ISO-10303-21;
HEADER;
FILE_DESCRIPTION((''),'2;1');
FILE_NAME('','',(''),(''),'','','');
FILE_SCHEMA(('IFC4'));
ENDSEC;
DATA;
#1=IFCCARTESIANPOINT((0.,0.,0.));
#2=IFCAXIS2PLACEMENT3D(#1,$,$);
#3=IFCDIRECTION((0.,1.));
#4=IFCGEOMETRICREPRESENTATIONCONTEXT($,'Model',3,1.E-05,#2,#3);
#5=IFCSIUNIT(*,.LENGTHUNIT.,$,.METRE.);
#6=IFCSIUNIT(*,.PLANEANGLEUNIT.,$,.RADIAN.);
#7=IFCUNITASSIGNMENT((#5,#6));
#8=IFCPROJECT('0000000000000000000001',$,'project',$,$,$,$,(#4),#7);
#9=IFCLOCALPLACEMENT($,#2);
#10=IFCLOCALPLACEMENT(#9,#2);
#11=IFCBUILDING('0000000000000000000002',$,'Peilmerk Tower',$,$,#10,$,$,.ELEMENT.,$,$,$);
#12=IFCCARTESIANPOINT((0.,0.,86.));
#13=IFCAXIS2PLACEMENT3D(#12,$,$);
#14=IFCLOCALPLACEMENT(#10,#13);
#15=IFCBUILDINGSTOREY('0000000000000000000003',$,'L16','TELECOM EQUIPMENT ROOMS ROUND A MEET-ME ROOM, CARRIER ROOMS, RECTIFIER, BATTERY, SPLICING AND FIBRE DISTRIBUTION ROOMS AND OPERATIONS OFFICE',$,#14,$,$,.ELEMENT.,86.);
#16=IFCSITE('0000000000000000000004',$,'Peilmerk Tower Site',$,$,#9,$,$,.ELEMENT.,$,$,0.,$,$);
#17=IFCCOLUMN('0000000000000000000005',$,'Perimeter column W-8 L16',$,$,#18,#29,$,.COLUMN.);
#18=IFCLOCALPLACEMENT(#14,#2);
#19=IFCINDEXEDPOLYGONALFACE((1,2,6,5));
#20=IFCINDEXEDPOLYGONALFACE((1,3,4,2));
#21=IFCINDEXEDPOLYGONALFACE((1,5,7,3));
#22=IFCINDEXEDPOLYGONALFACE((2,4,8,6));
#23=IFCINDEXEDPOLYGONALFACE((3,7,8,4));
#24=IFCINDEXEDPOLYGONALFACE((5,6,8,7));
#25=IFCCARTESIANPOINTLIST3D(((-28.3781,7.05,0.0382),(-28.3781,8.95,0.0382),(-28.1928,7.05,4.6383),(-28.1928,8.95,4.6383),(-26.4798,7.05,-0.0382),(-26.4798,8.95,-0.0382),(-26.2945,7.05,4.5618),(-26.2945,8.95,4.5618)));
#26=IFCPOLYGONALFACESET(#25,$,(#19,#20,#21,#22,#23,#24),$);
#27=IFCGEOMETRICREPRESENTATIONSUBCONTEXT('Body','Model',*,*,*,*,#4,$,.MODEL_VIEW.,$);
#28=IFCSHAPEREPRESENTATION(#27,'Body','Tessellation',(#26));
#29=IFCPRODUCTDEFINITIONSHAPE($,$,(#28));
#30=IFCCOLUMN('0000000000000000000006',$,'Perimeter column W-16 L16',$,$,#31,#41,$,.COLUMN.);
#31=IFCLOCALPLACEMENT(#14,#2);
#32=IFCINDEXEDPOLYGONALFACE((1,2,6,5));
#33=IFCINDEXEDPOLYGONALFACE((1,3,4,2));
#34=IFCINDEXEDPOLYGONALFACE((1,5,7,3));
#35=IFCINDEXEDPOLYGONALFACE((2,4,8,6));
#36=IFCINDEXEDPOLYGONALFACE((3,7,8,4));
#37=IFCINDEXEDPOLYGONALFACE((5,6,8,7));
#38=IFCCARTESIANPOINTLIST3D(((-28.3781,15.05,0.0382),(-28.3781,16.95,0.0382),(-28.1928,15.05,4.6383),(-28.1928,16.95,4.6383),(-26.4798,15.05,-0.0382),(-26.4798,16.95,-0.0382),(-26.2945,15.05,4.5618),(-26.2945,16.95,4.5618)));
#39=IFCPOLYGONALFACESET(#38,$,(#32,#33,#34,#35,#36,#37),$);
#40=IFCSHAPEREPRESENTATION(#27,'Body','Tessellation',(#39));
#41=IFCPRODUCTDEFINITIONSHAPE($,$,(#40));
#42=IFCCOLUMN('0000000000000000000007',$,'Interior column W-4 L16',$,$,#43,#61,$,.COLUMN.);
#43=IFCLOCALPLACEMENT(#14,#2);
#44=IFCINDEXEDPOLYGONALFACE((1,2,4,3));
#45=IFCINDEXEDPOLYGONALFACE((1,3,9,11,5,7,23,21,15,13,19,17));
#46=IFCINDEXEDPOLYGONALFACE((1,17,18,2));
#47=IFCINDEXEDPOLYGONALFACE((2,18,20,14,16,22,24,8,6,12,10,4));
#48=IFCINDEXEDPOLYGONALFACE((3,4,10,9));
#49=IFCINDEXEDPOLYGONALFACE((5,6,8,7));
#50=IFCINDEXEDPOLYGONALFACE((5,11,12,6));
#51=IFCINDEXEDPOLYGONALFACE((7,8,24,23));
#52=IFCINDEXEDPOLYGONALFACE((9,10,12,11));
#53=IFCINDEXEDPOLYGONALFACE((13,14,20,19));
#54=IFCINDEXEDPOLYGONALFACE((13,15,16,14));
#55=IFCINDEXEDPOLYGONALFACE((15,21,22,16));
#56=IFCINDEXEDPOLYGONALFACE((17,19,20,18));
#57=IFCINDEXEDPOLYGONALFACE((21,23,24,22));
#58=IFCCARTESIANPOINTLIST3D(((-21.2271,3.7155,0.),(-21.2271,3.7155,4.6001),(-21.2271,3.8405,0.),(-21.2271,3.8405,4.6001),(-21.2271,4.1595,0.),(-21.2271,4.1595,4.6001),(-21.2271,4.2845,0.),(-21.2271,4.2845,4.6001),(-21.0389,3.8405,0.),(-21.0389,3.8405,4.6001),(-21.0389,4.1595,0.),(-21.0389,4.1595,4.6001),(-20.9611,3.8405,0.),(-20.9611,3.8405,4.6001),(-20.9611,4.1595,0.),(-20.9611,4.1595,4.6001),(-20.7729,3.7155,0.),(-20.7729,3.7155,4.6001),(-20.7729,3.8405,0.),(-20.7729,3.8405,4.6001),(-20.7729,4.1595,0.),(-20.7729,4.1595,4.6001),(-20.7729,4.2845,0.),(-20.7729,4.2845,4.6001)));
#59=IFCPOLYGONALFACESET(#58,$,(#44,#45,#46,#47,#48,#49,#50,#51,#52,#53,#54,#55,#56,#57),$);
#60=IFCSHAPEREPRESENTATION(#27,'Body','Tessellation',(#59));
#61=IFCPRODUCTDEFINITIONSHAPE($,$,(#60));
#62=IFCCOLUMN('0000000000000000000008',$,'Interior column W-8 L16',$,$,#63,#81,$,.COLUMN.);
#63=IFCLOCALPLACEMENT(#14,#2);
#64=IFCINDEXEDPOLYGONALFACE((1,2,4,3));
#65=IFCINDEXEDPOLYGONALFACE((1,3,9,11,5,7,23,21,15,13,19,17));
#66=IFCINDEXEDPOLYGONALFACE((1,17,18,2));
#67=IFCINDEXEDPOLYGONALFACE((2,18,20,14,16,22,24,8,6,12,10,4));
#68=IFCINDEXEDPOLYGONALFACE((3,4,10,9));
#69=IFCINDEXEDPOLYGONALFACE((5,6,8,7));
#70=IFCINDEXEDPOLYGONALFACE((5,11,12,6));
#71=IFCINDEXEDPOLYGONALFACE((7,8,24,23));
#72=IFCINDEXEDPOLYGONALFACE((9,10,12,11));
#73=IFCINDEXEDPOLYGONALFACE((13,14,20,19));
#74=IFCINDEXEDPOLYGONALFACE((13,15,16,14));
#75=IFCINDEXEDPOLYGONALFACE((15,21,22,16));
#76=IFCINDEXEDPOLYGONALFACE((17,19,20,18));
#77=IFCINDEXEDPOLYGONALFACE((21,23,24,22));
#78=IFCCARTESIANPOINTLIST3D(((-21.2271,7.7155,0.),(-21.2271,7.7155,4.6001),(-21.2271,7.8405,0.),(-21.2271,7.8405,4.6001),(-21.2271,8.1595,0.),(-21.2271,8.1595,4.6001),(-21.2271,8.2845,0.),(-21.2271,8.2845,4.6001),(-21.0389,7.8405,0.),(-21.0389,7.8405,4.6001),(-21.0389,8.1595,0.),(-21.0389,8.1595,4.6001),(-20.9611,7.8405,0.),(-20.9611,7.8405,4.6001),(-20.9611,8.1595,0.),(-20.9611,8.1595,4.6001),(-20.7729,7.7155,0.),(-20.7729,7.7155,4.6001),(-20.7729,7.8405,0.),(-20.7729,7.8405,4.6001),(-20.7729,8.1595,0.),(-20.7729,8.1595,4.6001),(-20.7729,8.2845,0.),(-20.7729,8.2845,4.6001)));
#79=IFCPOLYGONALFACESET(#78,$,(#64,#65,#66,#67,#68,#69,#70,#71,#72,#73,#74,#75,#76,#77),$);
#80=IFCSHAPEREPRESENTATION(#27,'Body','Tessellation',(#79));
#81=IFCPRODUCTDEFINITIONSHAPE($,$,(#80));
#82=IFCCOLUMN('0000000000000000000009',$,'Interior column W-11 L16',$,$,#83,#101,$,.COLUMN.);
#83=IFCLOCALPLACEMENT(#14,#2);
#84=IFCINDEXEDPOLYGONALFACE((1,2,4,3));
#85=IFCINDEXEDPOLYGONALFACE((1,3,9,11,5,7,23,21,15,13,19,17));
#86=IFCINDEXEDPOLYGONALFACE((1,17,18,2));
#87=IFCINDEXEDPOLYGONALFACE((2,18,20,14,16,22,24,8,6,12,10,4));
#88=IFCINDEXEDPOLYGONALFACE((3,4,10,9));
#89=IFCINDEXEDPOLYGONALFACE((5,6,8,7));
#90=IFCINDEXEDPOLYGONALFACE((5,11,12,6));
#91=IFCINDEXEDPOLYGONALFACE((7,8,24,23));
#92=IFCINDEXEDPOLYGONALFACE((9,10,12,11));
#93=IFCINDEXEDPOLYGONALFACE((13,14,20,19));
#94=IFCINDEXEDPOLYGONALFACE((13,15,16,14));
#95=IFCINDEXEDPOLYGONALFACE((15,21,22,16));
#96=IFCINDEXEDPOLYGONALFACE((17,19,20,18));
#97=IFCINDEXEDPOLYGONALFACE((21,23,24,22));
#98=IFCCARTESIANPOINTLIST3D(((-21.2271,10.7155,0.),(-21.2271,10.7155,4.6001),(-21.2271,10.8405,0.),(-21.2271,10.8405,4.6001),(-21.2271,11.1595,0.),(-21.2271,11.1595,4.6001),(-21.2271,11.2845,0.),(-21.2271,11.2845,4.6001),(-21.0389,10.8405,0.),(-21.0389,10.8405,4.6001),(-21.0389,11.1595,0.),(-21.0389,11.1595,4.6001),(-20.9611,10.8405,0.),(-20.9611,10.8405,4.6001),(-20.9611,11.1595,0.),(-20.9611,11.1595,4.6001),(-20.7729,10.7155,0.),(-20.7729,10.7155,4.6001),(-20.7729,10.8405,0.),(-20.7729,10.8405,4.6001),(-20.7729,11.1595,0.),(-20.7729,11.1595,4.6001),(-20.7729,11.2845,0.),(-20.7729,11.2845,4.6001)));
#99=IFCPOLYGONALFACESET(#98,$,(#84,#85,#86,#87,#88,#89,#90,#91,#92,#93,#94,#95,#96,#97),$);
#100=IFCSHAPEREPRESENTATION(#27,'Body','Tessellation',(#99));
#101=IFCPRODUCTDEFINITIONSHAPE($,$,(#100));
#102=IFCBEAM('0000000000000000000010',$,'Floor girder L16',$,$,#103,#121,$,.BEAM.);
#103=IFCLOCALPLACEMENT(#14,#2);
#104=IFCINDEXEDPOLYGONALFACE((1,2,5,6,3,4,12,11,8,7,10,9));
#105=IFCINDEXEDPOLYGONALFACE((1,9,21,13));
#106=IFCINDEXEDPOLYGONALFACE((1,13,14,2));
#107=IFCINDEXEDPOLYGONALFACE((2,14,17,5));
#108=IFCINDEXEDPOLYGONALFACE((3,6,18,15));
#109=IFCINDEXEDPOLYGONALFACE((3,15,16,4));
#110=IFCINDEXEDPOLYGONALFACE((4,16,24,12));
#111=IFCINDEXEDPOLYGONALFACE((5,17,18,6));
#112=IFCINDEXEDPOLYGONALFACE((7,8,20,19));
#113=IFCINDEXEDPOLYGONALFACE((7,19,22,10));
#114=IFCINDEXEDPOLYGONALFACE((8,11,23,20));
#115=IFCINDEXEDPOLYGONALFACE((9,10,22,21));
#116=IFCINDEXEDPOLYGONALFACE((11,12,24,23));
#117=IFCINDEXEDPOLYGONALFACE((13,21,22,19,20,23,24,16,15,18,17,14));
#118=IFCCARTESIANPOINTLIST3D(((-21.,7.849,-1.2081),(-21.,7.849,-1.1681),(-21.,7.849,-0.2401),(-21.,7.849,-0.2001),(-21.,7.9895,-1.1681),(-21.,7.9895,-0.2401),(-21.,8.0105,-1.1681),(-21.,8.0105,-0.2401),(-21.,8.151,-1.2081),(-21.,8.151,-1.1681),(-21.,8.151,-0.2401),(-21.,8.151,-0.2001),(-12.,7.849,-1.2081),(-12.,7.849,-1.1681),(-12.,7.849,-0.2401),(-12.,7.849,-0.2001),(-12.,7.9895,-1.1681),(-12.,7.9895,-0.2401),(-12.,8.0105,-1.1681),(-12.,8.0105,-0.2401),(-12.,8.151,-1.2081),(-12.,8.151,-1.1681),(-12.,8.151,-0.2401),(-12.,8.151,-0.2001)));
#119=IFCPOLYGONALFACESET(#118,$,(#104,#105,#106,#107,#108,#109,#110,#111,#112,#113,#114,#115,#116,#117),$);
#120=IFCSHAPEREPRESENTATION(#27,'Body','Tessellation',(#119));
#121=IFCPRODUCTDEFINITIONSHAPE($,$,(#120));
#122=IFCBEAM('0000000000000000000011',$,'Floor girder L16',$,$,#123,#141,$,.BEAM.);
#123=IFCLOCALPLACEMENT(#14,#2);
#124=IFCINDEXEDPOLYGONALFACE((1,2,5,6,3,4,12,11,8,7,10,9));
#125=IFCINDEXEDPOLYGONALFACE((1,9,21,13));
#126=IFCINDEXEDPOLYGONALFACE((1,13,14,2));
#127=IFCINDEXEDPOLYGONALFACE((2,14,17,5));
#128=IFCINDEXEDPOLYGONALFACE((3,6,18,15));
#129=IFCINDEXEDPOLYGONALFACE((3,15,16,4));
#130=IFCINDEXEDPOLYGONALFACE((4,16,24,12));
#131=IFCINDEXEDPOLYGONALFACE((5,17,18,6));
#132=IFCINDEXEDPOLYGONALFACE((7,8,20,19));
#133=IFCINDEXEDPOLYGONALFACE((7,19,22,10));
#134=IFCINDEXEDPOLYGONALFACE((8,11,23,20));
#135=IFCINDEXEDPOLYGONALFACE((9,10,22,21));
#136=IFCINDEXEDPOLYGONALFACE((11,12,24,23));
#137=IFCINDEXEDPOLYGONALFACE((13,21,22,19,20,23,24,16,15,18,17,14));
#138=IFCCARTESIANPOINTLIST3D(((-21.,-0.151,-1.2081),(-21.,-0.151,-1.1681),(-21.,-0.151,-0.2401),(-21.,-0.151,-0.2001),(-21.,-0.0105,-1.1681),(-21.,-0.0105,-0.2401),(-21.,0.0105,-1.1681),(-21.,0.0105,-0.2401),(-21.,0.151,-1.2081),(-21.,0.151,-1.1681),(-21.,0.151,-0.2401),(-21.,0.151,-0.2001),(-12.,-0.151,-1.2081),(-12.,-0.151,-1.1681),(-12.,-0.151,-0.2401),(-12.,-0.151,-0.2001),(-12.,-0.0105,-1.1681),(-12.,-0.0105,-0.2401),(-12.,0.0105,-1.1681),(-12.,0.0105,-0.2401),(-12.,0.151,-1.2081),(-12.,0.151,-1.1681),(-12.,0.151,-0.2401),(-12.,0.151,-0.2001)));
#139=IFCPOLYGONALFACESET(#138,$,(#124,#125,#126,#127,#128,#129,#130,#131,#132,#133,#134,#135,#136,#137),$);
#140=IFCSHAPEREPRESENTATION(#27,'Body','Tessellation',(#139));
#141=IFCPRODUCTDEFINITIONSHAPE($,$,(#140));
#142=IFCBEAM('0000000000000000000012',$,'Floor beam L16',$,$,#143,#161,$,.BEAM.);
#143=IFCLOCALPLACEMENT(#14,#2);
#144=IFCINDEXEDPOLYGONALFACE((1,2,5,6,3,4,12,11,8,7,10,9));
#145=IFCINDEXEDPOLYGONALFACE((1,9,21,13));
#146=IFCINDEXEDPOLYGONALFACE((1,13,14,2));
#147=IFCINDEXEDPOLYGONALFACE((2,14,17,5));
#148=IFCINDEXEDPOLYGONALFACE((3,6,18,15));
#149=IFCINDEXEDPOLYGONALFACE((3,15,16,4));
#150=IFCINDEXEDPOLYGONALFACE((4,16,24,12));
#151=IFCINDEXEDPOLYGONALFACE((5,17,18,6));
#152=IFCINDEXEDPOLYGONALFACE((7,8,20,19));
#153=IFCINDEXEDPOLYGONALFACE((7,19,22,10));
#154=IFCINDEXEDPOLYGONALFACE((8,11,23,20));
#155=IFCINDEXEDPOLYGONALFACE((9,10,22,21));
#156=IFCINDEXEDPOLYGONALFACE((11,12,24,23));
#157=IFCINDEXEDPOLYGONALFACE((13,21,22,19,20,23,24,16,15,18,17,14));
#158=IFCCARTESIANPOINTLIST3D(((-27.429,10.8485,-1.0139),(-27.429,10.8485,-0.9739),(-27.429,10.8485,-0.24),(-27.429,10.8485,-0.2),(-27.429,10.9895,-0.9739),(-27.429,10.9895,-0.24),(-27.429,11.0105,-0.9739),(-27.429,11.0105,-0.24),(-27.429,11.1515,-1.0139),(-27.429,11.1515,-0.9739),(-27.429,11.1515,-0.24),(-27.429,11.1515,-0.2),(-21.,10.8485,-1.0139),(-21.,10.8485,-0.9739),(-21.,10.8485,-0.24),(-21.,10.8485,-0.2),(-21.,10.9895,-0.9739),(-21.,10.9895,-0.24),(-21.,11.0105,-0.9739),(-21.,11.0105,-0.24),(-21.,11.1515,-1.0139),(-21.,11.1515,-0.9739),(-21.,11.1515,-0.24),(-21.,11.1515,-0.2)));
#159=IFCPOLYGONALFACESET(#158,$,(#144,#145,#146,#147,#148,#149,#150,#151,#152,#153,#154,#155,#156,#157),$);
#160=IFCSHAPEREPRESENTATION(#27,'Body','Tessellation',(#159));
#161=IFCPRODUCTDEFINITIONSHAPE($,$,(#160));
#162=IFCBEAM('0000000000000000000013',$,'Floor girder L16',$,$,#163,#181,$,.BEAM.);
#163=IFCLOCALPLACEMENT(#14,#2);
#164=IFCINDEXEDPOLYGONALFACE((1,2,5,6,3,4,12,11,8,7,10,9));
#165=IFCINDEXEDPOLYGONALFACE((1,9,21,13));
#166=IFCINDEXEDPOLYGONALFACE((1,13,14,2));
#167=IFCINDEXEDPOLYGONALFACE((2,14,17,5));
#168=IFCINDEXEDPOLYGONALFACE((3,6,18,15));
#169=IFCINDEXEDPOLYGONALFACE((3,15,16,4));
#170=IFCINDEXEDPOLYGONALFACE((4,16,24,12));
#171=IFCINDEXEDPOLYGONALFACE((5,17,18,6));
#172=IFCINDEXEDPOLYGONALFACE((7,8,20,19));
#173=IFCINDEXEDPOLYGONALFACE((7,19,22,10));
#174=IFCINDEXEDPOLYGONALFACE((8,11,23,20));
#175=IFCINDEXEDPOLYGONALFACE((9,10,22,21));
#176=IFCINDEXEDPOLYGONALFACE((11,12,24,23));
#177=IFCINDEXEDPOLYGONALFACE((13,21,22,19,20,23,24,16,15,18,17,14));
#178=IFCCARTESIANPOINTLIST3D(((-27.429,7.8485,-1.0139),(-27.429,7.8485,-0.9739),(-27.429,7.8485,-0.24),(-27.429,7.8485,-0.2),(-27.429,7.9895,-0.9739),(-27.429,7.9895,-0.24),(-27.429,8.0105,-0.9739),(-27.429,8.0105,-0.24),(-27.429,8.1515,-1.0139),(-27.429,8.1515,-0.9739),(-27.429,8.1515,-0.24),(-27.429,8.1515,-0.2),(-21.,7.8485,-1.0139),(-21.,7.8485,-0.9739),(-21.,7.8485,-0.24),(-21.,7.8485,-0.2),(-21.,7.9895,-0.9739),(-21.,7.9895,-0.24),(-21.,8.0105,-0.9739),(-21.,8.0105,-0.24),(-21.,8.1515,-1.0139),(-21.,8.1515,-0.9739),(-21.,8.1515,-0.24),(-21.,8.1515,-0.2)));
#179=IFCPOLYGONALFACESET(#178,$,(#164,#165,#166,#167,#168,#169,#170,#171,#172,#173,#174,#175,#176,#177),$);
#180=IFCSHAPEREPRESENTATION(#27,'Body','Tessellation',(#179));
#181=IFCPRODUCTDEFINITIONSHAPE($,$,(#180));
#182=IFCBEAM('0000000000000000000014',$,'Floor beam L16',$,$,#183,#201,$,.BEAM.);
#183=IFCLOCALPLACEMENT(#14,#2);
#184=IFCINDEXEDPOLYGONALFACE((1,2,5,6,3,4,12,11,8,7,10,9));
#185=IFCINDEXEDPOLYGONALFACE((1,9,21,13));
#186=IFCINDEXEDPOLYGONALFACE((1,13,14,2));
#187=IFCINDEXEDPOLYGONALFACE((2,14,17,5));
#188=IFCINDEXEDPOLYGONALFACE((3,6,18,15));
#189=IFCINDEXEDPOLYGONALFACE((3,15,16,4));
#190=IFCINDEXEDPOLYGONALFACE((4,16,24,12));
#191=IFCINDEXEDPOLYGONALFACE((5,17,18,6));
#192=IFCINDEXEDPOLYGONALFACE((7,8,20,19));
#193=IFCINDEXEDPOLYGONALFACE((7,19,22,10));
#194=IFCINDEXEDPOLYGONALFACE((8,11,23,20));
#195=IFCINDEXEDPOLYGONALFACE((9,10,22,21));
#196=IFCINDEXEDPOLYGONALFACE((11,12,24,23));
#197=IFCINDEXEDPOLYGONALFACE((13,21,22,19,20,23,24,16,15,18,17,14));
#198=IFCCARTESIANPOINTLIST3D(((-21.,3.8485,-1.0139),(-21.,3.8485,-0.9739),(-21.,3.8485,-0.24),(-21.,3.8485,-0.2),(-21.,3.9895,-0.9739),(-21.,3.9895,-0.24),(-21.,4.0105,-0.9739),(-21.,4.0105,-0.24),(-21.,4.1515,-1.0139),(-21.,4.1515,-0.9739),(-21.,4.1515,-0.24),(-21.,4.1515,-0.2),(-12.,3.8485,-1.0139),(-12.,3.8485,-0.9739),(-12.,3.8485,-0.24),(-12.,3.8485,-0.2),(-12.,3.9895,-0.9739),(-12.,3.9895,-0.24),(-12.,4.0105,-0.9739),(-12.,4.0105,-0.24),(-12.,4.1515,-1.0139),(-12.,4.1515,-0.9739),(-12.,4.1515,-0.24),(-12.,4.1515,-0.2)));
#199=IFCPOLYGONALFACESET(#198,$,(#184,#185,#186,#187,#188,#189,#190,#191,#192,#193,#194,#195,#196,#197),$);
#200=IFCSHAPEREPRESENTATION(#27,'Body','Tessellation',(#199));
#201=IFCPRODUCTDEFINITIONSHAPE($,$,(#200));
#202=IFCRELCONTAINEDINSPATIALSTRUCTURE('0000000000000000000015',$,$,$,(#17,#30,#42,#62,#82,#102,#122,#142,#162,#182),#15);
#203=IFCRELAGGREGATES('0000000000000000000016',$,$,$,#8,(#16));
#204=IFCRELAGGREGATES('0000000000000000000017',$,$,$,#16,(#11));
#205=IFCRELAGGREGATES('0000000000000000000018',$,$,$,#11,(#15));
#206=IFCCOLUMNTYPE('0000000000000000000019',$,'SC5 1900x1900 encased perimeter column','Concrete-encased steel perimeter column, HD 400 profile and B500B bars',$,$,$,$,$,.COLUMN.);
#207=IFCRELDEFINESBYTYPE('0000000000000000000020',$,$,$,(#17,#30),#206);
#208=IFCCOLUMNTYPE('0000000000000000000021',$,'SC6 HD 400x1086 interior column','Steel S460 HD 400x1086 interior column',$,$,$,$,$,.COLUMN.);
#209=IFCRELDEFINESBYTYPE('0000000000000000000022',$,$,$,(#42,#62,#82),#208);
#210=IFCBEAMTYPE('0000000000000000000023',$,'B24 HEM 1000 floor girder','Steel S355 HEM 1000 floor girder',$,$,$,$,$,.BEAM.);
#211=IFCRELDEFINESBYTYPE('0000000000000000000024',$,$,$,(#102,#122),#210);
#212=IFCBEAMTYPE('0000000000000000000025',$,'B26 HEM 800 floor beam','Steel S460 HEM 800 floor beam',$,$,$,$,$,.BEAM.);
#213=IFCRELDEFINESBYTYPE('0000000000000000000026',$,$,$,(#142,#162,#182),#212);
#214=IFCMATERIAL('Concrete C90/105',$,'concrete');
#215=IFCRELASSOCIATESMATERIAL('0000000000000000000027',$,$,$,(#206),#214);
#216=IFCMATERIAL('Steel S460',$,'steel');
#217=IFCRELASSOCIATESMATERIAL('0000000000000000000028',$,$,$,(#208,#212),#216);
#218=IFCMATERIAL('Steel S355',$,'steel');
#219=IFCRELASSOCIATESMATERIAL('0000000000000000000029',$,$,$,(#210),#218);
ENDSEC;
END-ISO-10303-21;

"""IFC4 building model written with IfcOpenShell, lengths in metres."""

from ifc_helpers import new_model, si_unit, direction, frame, origin, origin_2d, place, context, subcontext, project, spatial, rectangle, i_section, extrude, material, material_profile, profile_set, type_object, element, save


model = new_model("IFC4")

# Units and contexts
model_context = context("Model", 3, precision=1e-05, world=origin(), true_north=direction((0.0, 1.0)))
body_context = subcontext(model_context, "Body", "Model", "MODEL_VIEW")
ifc_project = project(units=[si_unit("LENGTHUNIT", "METRE"), si_unit("PLANEANGLEUNIT", "RADIAN")], contexts=[model_context])

# Site, building, storey
site_placement = place(None, origin())
site = spatial("IfcSite", under=ifc_project, at=site_placement, Name="Peilmerk Tower Site", CompositionType="ELEMENT", RefElevation=0.0)
building_placement = place(site_placement, origin())
building = spatial("IfcBuilding", under=site, at=building_placement, Name="Peilmerk Tower", CompositionType="ELEMENT")
storey_placement = place(building_placement, frame((0.0, 0.0, 86.0)))
storey = spatial("IfcBuildingStorey", under=building, at=storey_placement, Name="L16", Description="TELECOM EQUIPMENT ROOMS ROUND A MEET-ME ROOM, CARRIER ROOMS, RECTIFIER, BATTERY, SPLICING AND FIBRE DISTRIBUTION ROOMS AND OPERATIONS OFFICE", CompositionType="ELEMENT", Elevation=86.0)

# Columns
ifc_material_1 = material(Name="Concrete C90/105", Category="concrete")
ifc_material_profile_1 = material_profile(ifc_material_1, rectangle(XDim=1.8999, YDim=1.8999, at=origin_2d()), Name="RC 1900x1900")
ifc_profile_set_1 = profile_set([ifc_material_profile_1], Name="Concrete C90/105")
column_type_1 = type_object("IfcColumnType", Name="SC5 1900x1900 encased perimeter column", Description="Concrete-encased steel perimeter column, HD 400 profile and B500B bars", PredefinedType="COLUMN", material=ifc_profile_set_1)
for number, where, z_axis, x_axis, name in (
    (1, (-27.429, 8.0, 0.0), (0.04025, 0.0, 0.99919), (0.0, 1.0, 0.0), "Perimeter column W-8 L16"),
    (2, (-27.429, 16.0, 0.0), (0.04025, 0.0, 0.99919), (0.0, 1.0, 0.0), "Perimeter column W-16 L16"),
):
    element("IfcColumn", number, at=place(storey_placement, frame(where, z_axis=z_axis, x_axis=x_axis)), inside=storey, type_object=column_type_1, Name=name, PredefinedType="COLUMN", context=body_context, shape_type="SweptSolid", body=[
        extrude(rectangle(XDim=1.8999, YDim=1.8999, at=origin_2d()), origin(), (0.0, 0.0, 1.0), 4.6038),
    ])
ifc_material_2 = material(Name="Steel S460", Category="steel")
ifc_material_profile_2 = material_profile(ifc_material_2, i_section(OverallWidth=0.4541, OverallDepth=0.5691, WebThickness=0.0779, FlangeThickness=0.125, at=origin_2d()), Name="HD 400x1086")
ifc_profile_set_2 = profile_set([ifc_material_profile_2], Name="Steel S460")
column_type_2 = type_object("IfcColumnType", Name="SC6 HD 400x1086 interior column", Description="Steel S460 HD 400x1086 interior column", PredefinedType="COLUMN", material=ifc_profile_set_2)
for number, where, z_axis, x_axis, name in (
    (3, (-21.0, 4.0, 0.0), (0.0, 0.0, 1.0), (1.0, 0.0, 0.0), "Interior column W-4 L16"),
    (4, (-21.0, 8.0, 0.0), (0.0, 0.0, 1.0), (1.0, 0.0, 0.0), "Interior column W-8 L16"),
    (5, (-21.0, 11.0, 0.0), (0.0, 0.0, 1.0), (1.0, 0.0, 0.0), "Interior column W-11 L16"),
):
    element("IfcColumn", number, at=place(storey_placement, frame(where, z_axis=z_axis, x_axis=x_axis)), inside=storey, type_object=column_type_2, Name=name, PredefinedType="COLUMN", context=body_context, shape_type="SweptSolid", body=[
        extrude(i_section(OverallWidth=0.4541, OverallDepth=0.5691, WebThickness=0.0779, FlangeThickness=0.125, at=origin_2d()), origin(), (0.0, 0.0, 1.0), 4.6001),
    ])

# Beams
ifc_material_3 = material(Name="Steel S355", Category="steel")
ifc_material_profile_3 = material_profile(ifc_material_3, i_section(OverallWidth=0.302, OverallDepth=1.0081, WebThickness=0.021, FlangeThickness=0.04, at=origin_2d()), Name="HEM 1000")
ifc_profile_set_3 = profile_set([ifc_material_profile_3], Name="Steel S355")
beam_type_1 = type_object("IfcBeamType", Name="B24 HEM 1000 floor girder", Description="Steel S355 HEM 1000 floor girder", PredefinedType="BEAM", material=ifc_profile_set_3)
for number, where, z_axis, x_axis, name in (
    (6, (-12.0, 8.0, -0.7041), (-1.0, 0.0, 0.0), (0.0, -1.0, 0.0), "Floor girder L16"),
    (7, (-12.0, 0.0, -0.7041), (-1.0, 0.0, 0.0), (0.0, -1.0, 0.0), "Floor girder L16"),
):
    element("IfcBeam", number, at=place(storey_placement, frame(where, z_axis=z_axis, x_axis=x_axis)), inside=storey, type_object=beam_type_1, Name=name, PredefinedType="BEAM", context=body_context, shape_type="SweptSolid", body=[
        extrude(i_section(OverallWidth=0.302, OverallDepth=1.0081, WebThickness=0.021, FlangeThickness=0.04, at=origin_2d()), origin(), (0.0, 0.0, 1.0), 9.0),
    ])
ifc_material_profile_4 = material_profile(ifc_material_2, i_section(OverallWidth=0.303, OverallDepth=0.814, WebThickness=0.021, FlangeThickness=0.04, at=origin_2d()), Name="HEM 800")
ifc_profile_set_4 = profile_set([ifc_material_profile_4], Name="Steel S460")
beam_type_2 = type_object("IfcBeamType", Name="B26 HEM 800 floor beam", Description="Steel S460 HEM 800 floor beam", PredefinedType="BEAM", material=ifc_profile_set_4)
for number, where, z_axis, x_axis, name in (
    (8, (-21.0, 11.0, -0.6069), (-1.0, 0.0, 0.0), (0.0, -1.0, 0.0), "Floor beam L16"),
    (9, (-21.0, 8.0, -0.6069), (-1.0, 0.0, 0.0), (0.0, -1.0, 0.0), "Floor girder L16"),
):
    element("IfcBeam", number, at=place(storey_placement, frame(where, z_axis=z_axis, x_axis=x_axis)), inside=storey, type_object=beam_type_2, Name=name, PredefinedType="BEAM", context=body_context, shape_type="SweptSolid", body=[
        extrude(i_section(OverallWidth=0.303, OverallDepth=0.814, WebThickness=0.021, FlangeThickness=0.04, at=origin_2d()), origin(), (0.0, 0.0, 1.0), 6.429),
    ])
beam_1_placement = place(storey_placement, frame((-12.0, 4.0, -0.6069), z_axis=(-1.0, 0.0, 0.0), x_axis=(0.0, -1.0, 0.0)))
element("IfcBeam", 10, at=beam_1_placement, inside=storey, type_object=beam_type_2, Name="Floor beam L16", PredefinedType="BEAM", context=body_context, shape_type="SweptSolid", body=[
    extrude(i_section(OverallWidth=0.303, OverallDepth=0.814, WebThickness=0.021, FlangeThickness=0.04, at=origin_2d()), origin(), (0.0, 0.0, 1.0), 9.0),
])

save(model, "model.ifc")
